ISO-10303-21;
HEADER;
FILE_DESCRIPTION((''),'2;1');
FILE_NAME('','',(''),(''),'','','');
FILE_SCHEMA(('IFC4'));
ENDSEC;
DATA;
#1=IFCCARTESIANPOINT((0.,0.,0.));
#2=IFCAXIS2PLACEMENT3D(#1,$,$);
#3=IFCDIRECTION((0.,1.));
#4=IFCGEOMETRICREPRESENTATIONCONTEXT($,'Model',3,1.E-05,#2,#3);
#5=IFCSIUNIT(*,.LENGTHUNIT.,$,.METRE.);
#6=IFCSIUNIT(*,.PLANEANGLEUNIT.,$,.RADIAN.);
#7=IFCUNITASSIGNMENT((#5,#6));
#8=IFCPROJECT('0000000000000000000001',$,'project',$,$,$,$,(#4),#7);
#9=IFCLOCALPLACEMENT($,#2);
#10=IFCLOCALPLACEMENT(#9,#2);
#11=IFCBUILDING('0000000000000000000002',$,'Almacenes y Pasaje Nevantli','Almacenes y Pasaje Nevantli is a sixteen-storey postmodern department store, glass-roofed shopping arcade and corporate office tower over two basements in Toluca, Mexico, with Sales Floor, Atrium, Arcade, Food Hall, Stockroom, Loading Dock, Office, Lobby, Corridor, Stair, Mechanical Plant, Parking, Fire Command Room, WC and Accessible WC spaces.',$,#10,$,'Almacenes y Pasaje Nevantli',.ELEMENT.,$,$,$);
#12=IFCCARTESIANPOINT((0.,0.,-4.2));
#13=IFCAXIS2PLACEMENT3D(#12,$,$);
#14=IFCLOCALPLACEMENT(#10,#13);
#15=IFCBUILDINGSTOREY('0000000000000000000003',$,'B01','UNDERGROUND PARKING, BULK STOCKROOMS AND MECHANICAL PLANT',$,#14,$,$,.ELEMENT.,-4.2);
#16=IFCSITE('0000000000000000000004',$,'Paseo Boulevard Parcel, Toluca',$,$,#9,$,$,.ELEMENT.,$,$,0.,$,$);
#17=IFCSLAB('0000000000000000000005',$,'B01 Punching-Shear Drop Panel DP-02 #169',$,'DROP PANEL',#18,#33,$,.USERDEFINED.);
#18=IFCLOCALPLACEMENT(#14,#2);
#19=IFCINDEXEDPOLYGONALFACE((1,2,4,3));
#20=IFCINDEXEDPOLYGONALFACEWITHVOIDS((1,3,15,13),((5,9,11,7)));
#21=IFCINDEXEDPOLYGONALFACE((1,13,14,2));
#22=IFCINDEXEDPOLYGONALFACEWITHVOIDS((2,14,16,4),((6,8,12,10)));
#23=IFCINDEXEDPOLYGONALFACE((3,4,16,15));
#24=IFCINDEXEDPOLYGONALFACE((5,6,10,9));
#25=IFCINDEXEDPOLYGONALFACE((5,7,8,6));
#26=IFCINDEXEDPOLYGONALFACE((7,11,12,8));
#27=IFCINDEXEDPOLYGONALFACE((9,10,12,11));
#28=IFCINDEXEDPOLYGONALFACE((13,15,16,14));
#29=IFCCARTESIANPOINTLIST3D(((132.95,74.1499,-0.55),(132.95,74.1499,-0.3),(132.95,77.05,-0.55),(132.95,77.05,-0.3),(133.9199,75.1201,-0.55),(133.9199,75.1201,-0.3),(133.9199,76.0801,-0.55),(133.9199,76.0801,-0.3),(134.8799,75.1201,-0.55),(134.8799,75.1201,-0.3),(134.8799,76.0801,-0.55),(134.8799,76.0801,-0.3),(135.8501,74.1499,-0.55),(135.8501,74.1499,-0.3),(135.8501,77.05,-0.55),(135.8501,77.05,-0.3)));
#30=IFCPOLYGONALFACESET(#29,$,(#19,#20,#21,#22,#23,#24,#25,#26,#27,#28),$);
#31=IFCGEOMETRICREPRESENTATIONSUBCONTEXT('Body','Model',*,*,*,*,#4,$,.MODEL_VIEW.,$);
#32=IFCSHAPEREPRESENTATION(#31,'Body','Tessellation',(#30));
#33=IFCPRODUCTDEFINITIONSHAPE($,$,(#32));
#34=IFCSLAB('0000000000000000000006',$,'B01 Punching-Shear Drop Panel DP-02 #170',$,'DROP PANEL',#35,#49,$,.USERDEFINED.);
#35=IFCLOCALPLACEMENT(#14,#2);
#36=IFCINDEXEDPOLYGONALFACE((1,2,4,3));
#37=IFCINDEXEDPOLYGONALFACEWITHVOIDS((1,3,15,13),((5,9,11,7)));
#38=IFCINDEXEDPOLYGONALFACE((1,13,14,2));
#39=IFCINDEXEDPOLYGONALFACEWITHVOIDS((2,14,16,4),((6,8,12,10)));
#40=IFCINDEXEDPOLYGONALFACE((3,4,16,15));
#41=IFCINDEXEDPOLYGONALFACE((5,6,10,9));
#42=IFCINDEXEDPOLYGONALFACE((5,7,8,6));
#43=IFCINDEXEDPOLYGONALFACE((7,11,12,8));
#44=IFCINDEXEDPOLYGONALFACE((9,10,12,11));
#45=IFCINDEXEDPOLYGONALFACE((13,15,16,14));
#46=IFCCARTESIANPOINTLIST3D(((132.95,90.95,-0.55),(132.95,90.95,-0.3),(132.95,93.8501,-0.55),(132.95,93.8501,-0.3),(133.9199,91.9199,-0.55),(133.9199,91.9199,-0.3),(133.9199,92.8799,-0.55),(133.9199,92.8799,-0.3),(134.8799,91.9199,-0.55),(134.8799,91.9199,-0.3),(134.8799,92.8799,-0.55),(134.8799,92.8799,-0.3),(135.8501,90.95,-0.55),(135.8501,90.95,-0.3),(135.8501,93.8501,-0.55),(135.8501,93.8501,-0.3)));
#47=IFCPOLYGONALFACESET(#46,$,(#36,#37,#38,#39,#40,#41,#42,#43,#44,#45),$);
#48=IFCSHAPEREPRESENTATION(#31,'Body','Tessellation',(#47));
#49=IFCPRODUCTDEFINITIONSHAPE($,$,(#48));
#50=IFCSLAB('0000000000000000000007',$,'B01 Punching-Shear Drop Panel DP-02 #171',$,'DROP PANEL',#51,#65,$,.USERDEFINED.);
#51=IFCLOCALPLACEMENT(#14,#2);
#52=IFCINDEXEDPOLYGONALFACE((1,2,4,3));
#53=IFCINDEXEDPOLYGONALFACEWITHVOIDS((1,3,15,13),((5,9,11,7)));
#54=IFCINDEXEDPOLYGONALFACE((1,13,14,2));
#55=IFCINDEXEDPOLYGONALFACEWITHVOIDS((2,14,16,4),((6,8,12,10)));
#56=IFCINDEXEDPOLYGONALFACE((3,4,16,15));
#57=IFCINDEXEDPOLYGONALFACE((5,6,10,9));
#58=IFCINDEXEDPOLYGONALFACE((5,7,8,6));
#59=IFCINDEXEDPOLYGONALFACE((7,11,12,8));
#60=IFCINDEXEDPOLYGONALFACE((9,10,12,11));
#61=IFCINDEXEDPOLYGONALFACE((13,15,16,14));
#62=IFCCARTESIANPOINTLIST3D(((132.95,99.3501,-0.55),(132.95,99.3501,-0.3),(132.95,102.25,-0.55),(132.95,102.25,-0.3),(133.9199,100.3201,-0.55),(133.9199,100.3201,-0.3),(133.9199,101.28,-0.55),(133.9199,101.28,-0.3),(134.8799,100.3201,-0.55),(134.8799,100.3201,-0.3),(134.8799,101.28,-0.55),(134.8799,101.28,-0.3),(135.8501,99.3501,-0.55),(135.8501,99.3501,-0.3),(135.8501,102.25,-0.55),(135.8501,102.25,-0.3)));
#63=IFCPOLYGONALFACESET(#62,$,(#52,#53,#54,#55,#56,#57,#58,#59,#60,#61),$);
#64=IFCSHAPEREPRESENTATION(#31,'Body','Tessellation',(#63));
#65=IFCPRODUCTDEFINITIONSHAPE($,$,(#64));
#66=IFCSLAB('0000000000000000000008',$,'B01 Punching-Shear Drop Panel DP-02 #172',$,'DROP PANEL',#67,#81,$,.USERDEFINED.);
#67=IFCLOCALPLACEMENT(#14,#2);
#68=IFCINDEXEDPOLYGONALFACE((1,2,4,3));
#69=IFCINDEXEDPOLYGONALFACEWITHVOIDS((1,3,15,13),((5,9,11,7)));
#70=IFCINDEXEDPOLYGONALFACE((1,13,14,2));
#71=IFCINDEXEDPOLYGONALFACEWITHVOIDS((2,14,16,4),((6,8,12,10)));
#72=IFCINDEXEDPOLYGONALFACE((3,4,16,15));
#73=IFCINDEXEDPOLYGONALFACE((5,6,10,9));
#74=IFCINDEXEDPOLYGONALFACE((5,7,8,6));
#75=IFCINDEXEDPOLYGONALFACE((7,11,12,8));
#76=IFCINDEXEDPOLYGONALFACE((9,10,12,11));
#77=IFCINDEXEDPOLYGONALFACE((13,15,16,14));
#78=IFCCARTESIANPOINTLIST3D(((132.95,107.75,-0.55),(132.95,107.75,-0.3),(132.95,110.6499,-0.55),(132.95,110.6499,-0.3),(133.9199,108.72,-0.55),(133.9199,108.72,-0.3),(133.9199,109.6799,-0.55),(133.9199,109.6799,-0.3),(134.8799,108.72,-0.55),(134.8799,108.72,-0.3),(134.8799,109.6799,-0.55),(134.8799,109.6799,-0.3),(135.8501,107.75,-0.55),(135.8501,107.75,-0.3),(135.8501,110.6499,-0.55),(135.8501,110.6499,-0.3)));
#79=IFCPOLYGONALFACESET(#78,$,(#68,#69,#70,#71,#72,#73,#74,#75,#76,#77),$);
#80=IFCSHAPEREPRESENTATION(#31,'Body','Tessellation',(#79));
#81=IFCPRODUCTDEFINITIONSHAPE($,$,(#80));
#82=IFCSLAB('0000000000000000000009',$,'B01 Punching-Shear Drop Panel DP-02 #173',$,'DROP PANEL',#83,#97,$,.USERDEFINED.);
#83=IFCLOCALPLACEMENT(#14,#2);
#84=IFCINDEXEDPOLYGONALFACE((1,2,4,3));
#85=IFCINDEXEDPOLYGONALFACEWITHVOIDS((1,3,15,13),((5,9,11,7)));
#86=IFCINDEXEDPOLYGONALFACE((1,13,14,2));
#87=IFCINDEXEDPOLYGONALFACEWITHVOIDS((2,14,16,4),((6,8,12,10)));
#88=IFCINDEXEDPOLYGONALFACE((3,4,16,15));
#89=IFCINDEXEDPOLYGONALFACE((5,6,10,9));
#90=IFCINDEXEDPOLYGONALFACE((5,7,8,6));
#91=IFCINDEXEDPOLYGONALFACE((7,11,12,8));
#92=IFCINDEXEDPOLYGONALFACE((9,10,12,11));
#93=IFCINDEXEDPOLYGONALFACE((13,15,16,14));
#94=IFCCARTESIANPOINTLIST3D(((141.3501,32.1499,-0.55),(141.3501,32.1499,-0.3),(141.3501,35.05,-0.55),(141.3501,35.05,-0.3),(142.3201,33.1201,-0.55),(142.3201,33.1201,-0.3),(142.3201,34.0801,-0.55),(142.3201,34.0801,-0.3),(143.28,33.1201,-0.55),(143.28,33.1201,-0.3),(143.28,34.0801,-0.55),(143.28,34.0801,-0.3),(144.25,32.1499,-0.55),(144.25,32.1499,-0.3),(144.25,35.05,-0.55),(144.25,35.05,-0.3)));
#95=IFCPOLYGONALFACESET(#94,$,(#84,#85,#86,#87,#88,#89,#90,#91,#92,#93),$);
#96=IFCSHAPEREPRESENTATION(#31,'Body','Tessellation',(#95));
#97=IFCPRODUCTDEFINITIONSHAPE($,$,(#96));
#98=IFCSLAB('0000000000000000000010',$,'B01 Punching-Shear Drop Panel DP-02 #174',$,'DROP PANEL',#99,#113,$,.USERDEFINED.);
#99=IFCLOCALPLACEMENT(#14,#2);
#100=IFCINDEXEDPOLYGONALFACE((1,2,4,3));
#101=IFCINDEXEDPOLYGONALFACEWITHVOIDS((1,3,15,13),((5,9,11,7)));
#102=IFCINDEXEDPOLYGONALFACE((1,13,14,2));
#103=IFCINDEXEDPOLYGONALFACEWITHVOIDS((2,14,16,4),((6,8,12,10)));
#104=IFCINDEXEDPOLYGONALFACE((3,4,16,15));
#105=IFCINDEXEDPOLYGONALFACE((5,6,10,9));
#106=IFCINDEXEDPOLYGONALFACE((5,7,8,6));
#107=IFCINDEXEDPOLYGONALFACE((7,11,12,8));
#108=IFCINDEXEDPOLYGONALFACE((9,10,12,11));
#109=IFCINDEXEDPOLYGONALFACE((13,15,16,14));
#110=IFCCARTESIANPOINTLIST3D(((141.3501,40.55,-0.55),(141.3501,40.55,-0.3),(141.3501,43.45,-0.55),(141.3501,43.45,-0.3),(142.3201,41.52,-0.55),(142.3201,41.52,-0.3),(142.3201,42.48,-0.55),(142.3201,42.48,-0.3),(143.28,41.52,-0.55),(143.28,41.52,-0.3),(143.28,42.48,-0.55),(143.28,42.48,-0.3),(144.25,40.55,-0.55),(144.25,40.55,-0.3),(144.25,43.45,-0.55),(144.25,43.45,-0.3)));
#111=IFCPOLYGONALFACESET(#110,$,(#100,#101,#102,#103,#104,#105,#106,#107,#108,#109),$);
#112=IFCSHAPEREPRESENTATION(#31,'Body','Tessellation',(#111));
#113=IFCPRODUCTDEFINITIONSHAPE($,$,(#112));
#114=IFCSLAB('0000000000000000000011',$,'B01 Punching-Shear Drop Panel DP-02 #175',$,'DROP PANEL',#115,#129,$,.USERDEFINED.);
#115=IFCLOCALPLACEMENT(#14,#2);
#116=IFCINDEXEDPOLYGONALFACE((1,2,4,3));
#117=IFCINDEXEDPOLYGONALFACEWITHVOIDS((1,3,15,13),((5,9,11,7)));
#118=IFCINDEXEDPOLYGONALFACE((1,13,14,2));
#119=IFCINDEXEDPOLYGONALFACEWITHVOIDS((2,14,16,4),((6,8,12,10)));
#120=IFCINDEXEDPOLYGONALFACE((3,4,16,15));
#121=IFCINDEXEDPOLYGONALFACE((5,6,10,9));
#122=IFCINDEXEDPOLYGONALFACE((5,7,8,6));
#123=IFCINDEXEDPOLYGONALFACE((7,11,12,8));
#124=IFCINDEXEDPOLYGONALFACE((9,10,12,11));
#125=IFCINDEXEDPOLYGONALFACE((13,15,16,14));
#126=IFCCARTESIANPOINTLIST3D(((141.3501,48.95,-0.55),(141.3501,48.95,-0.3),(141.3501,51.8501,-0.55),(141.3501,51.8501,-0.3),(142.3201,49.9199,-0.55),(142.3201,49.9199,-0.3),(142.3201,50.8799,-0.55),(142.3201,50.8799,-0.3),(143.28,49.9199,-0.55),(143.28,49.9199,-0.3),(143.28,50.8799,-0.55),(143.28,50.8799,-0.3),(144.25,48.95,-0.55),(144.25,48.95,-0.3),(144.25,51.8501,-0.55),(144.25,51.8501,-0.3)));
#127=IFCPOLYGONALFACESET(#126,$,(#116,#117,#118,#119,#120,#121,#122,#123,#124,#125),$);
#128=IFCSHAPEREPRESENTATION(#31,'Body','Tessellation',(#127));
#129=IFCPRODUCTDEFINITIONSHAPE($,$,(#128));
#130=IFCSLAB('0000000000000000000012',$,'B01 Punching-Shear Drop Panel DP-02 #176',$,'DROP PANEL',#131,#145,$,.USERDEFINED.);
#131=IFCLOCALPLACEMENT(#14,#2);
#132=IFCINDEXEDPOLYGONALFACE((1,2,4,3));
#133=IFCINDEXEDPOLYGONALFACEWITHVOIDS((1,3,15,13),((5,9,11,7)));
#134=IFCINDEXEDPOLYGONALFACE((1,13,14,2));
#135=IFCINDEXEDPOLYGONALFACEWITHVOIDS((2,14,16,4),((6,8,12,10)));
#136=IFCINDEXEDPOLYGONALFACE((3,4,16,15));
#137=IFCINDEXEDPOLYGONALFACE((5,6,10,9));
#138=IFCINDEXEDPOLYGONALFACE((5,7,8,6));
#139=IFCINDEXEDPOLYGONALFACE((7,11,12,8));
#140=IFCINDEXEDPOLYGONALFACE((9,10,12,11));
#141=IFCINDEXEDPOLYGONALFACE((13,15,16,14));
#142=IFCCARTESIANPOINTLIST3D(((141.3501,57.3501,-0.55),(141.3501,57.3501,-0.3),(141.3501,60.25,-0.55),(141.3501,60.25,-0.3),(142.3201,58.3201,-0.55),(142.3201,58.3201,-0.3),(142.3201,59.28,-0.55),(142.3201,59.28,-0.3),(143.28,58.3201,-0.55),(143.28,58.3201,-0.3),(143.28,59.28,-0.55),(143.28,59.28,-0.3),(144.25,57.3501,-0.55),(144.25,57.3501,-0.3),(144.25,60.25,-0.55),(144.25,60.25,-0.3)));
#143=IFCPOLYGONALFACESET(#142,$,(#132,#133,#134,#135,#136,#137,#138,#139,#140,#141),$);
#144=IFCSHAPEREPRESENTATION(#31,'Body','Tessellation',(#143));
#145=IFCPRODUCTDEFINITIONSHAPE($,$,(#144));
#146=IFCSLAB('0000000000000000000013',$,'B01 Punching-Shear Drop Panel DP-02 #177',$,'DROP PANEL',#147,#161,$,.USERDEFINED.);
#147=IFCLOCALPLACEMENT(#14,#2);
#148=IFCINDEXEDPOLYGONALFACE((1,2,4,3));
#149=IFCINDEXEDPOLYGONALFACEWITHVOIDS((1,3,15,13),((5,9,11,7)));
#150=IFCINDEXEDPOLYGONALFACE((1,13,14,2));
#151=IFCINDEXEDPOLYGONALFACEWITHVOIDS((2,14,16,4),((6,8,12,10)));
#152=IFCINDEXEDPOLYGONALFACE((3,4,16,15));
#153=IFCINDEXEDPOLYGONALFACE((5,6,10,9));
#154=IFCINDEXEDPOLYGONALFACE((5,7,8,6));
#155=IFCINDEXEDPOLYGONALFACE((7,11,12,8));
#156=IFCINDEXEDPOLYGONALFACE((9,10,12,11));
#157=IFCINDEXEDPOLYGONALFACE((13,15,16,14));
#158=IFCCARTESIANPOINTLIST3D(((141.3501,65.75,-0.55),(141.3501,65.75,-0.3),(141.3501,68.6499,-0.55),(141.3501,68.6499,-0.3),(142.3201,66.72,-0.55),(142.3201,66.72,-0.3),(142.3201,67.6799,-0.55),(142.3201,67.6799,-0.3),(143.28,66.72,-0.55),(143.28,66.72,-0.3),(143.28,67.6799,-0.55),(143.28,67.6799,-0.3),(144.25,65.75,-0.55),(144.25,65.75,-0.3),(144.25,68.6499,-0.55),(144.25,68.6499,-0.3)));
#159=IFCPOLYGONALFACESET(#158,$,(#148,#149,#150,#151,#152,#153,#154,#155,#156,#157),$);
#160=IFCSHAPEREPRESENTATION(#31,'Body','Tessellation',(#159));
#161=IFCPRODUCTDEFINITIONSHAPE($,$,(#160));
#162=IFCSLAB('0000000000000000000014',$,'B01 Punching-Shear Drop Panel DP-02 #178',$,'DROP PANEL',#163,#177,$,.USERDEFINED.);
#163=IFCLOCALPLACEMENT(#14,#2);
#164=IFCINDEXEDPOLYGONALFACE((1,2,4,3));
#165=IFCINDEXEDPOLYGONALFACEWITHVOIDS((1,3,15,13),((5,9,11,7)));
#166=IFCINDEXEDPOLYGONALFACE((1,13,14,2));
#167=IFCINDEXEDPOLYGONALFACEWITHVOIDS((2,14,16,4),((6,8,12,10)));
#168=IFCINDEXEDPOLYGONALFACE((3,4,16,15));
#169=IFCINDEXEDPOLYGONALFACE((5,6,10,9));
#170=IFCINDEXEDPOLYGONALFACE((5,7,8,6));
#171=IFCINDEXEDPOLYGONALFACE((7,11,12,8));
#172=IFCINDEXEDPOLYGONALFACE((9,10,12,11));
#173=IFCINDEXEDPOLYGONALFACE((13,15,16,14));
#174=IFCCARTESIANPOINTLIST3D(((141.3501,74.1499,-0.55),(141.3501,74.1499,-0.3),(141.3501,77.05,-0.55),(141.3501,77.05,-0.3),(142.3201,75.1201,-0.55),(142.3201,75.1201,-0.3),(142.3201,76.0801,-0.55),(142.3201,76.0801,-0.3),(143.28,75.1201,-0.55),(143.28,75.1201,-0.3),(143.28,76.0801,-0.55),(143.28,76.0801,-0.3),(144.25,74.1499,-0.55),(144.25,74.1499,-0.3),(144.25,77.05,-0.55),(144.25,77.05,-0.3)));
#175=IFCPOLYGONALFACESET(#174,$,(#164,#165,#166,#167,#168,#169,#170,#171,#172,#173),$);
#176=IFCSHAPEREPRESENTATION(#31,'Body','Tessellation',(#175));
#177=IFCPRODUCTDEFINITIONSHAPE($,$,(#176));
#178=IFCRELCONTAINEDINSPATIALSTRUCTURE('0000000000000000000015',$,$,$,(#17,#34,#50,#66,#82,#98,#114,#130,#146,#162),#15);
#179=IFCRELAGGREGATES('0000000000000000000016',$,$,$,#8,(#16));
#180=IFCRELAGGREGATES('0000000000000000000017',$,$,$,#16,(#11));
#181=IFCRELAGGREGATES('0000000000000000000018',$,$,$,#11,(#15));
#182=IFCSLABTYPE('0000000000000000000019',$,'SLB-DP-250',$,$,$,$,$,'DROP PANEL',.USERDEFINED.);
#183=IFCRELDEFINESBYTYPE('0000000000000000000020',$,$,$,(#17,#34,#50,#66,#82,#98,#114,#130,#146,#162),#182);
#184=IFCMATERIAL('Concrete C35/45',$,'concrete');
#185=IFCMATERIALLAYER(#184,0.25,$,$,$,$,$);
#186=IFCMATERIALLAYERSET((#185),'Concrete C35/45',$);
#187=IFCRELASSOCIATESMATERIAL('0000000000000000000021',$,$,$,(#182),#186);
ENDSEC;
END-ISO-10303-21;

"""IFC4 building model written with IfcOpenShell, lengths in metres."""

from ifc_helpers import new_model, si_unit, direction, frame, origin, place, context, subcontext, project, spatial, polyline, outline, extrude, material, layer, layer_set, type_object, element, save


model = new_model("IFC4")

# Units and contexts
model_context = context("Model", 3, precision=1e-05, world=origin(), true_north=direction((0.0, 1.0)))
body_context = subcontext(model_context, "Body", "Model", "MODEL_VIEW")
ifc_project = project(units=[si_unit("LENGTHUNIT", "METRE"), si_unit("PLANEANGLEUNIT", "RADIAN")], contexts=[model_context])

# Site, building, storey
site_placement = place(None, origin())
site = spatial("IfcSite", under=ifc_project, at=site_placement, Name="Paseo Boulevard Parcel, Toluca", CompositionType="ELEMENT", RefElevation=0.0)
building_placement = place(site_placement, origin())
building = spatial("IfcBuilding", under=site, at=building_placement, Name="Almacenes y Pasaje Nevantli", Description="Almacenes y Pasaje Nevantli is a sixteen-storey postmodern department store, glass-roofed shopping arcade and corporate office tower over two basements in Toluca, Mexico, with Sales Floor, Atrium, Arcade, Food Hall, Stockroom, Loading Dock, Office, Lobby, Corridor, Stair, Mechanical Plant, Parking, Fire Command Room, WC and Accessible WC spaces.", LongName="Almacenes y Pasaje Nevantli", CompositionType="ELEMENT")
storey_placement = place(building_placement, frame((0.0, 0.0, -4.2)))
storey = spatial("IfcBuildingStorey", under=building, at=storey_placement, Name="B01", Description="UNDERGROUND PARKING, BULK STOCKROOMS AND MECHANICAL PLANT", CompositionType="ELEMENT", Elevation=-4.2)

# Slabs
ifc_material = material(Name="Concrete C35/45", Category="concrete")
ifc_layer = layer(ifc_material, 0.25)
ifc_layer_set = layer_set([ifc_layer], Name="Concrete C35/45")
slab_type = type_object("IfcSlabType", Name="SLB-DP-250", ElementType="DROP PANEL", PredefinedType="USERDEFINED", material=ifc_layer_set)
slab_1_placement = place(storey_placement, frame((0.0, 0.0, -0.55)))
element("IfcSlab", 1, at=slab_1_placement, inside=storey, type_object=slab_type, Name="B01 Punching-Shear Drop Panel DP-02 #169", ObjectType="DROP PANEL", PredefinedType="USERDEFINED", context=body_context, shape_type="SweptSolid", body=[
    extrude(outline(polyline([(132.95, 74.1499), (135.8501, 74.1499), (135.8501, 77.05), (132.95, 77.05), (132.95, 74.1499)]), holes=[polyline([(133.9199, 75.1201), (134.8799, 75.1201), (134.8799, 76.0801), (133.9199, 76.0801), (133.9199, 75.1201)])]), origin(), (0.0, 0.0, 1.0), 0.25),
])
slab_2_placement = place(storey_placement, frame((0.0, 0.0, -0.55)))
element("IfcSlab", 2, at=slab_2_placement, inside=storey, type_object=slab_type, Name="B01 Punching-Shear Drop Panel DP-02 #170", ObjectType="DROP PANEL", PredefinedType="USERDEFINED", context=body_context, shape_type="SweptSolid", body=[
    extrude(outline(polyline([(132.95, 90.95), (135.8501, 90.95), (135.8501, 93.8501), (132.95, 93.8501), (132.95, 90.95)]), holes=[polyline([(133.9199, 91.9199), (134.8799, 91.9199), (134.8799, 92.8799), (133.9199, 92.8799), (133.9199, 91.9199)])]), origin(), (0.0, 0.0, 1.0), 0.25),
])
slab_3_placement = place(storey_placement, frame((0.0, 0.0, -0.55)))
element("IfcSlab", 3, at=slab_3_placement, inside=storey, type_object=slab_type, Name="B01 Punching-Shear Drop Panel DP-02 #171", ObjectType="DROP PANEL", PredefinedType="USERDEFINED", context=body_context, shape_type="SweptSolid", body=[
    extrude(outline(polyline([(132.95, 99.3501), (135.8501, 99.3501), (135.8501, 102.25), (132.95, 102.25), (132.95, 99.3501)]), holes=[polyline([(133.9199, 100.3201), (134.8799, 100.3201), (134.8799, 101.28), (133.9199, 101.28), (133.9199, 100.3201)])]), origin(), (0.0, 0.0, 1.0), 0.25),
])
slab_4_placement = place(storey_placement, frame((0.0, 0.0, -0.55)))
element("IfcSlab", 4, at=slab_4_placement, inside=storey, type_object=slab_type, Name="B01 Punching-Shear Drop Panel DP-02 #172", ObjectType="DROP PANEL", PredefinedType="USERDEFINED", context=body_context, shape_type="SweptSolid", body=[
    extrude(outline(polyline([(132.95, 107.75), (135.8501, 107.75), (135.8501, 110.6499), (132.95, 110.6499), (132.95, 107.75)]), holes=[polyline([(133.9199, 108.72), (134.8799, 108.72), (134.8799, 109.6799), (133.9199, 109.6799), (133.9199, 108.72)])]), origin(), (0.0, 0.0, 1.0), 0.25),
])
slab_5_placement = place(storey_placement, frame((0.0, 0.0, -0.55)))
element("IfcSlab", 5, at=slab_5_placement, inside=storey, type_object=slab_type, Name="B01 Punching-Shear Drop Panel DP-02 #173", ObjectType="DROP PANEL", PredefinedType="USERDEFINED", context=body_context, shape_type="SweptSolid", body=[
    extrude(outline(polyline([(141.3501, 32.1499), (144.25, 32.1499), (144.25, 35.05), (141.3501, 35.05), (141.3501, 32.1499)]), holes=[polyline([(142.3201, 33.1201), (143.28, 33.1201), (143.28, 34.0801), (142.3201, 34.0801), (142.3201, 33.1201)])]), origin(), (0.0, 0.0, 1.0), 0.25),
])
slab_6_placement = place(storey_placement, frame((0.0, 0.0, -0.55)))
element("IfcSlab", 6, at=slab_6_placement, inside=storey, type_object=slab_type, Name="B01 Punching-Shear Drop Panel DP-02 #174", ObjectType="DROP PANEL", PredefinedType="USERDEFINED", context=body_context, shape_type="SweptSolid", body=[
    extrude(outline(polyline([(141.3501, 40.55), (144.25, 40.55), (144.25, 43.45), (141.3501, 43.45), (141.3501, 40.55)]), holes=[polyline([(142.3201, 41.52), (143.28, 41.52), (143.28, 42.48), (142.3201, 42.48), (142.3201, 41.52)])]), origin(), (0.0, 0.0, 1.0), 0.25),
])
slab_7_placement = place(storey_placement, frame((0.0, 0.0, -0.55)))
element("IfcSlab", 7, at=slab_7_placement, inside=storey, type_object=slab_type, Name="B01 Punching-Shear Drop Panel DP-02 #175", ObjectType="DROP PANEL", PredefinedType="USERDEFINED", context=body_context, shape_type="SweptSolid", body=[
    extrude(outline(polyline([(141.3501, 48.95), (144.25, 48.95), (144.25, 51.8501), (141.3501, 51.8501), (141.3501, 48.95)]), holes=[polyline([(142.3201, 49.9199), (143.28, 49.9199), (143.28, 50.8799), (142.3201, 50.8799), (142.3201, 49.9199)])]), origin(), (0.0, 0.0, 1.0), 0.25),
])
slab_8_placement = place(storey_placement, frame((0.0, 0.0, -0.55)))
element("IfcSlab", 8, at=slab_8_placement, inside=storey, type_object=slab_type, Name="B01 Punching-Shear Drop Panel DP-02 #176", ObjectType="DROP PANEL", PredefinedType="USERDEFINED", context=body_context, shape_type="SweptSolid", body=[
    extrude(outline(polyline([(141.3501, 57.3501), (144.25, 57.3501), (144.25, 60.25), (141.3501, 60.25), (141.3501, 57.3501)]), holes=[polyline([(142.3201, 58.3201), (143.28, 58.3201), (143.28, 59.28), (142.3201, 59.28), (142.3201, 58.3201)])]), origin(), (0.0, 0.0, 1.0), 0.25),
])
slab_9_placement = place(storey_placement, frame((0.0, 0.0, -0.55)))
element("IfcSlab", 9, at=slab_9_placement, inside=storey, type_object=slab_type, Name="B01 Punching-Shear Drop Panel DP-02 #177", ObjectType="DROP PANEL", PredefinedType="USERDEFINED", context=body_context, shape_type="SweptSolid", body=[
    extrude(outline(polyline([(141.3501, 65.75), (144.25, 65.75), (144.25, 68.6499), (141.3501, 68.6499), (141.3501, 65.75)]), holes=[polyline([(142.3201, 66.72), (143.28, 66.72), (143.28, 67.6799), (142.3201, 67.6799), (142.3201, 66.72)])]), origin(), (0.0, 0.0, 1.0), 0.25),
])
slab_10_placement = place(storey_placement, frame((0.0, 0.0, -0.55)))
element("IfcSlab", 10, at=slab_10_placement, inside=storey, type_object=slab_type, Name="B01 Punching-Shear Drop Panel DP-02 #178", ObjectType="DROP PANEL", PredefinedType="USERDEFINED", context=body_context, shape_type="SweptSolid", body=[
    extrude(outline(polyline([(141.3501, 74.1499), (144.25, 74.1499), (144.25, 77.05), (141.3501, 77.05), (141.3501, 74.1499)]), holes=[polyline([(142.3201, 75.1201), (143.28, 75.1201), (143.28, 76.0801), (142.3201, 76.0801), (142.3201, 75.1201)])]), origin(), (0.0, 0.0, 1.0), 0.25),
])

save(model, "model.ifc")
